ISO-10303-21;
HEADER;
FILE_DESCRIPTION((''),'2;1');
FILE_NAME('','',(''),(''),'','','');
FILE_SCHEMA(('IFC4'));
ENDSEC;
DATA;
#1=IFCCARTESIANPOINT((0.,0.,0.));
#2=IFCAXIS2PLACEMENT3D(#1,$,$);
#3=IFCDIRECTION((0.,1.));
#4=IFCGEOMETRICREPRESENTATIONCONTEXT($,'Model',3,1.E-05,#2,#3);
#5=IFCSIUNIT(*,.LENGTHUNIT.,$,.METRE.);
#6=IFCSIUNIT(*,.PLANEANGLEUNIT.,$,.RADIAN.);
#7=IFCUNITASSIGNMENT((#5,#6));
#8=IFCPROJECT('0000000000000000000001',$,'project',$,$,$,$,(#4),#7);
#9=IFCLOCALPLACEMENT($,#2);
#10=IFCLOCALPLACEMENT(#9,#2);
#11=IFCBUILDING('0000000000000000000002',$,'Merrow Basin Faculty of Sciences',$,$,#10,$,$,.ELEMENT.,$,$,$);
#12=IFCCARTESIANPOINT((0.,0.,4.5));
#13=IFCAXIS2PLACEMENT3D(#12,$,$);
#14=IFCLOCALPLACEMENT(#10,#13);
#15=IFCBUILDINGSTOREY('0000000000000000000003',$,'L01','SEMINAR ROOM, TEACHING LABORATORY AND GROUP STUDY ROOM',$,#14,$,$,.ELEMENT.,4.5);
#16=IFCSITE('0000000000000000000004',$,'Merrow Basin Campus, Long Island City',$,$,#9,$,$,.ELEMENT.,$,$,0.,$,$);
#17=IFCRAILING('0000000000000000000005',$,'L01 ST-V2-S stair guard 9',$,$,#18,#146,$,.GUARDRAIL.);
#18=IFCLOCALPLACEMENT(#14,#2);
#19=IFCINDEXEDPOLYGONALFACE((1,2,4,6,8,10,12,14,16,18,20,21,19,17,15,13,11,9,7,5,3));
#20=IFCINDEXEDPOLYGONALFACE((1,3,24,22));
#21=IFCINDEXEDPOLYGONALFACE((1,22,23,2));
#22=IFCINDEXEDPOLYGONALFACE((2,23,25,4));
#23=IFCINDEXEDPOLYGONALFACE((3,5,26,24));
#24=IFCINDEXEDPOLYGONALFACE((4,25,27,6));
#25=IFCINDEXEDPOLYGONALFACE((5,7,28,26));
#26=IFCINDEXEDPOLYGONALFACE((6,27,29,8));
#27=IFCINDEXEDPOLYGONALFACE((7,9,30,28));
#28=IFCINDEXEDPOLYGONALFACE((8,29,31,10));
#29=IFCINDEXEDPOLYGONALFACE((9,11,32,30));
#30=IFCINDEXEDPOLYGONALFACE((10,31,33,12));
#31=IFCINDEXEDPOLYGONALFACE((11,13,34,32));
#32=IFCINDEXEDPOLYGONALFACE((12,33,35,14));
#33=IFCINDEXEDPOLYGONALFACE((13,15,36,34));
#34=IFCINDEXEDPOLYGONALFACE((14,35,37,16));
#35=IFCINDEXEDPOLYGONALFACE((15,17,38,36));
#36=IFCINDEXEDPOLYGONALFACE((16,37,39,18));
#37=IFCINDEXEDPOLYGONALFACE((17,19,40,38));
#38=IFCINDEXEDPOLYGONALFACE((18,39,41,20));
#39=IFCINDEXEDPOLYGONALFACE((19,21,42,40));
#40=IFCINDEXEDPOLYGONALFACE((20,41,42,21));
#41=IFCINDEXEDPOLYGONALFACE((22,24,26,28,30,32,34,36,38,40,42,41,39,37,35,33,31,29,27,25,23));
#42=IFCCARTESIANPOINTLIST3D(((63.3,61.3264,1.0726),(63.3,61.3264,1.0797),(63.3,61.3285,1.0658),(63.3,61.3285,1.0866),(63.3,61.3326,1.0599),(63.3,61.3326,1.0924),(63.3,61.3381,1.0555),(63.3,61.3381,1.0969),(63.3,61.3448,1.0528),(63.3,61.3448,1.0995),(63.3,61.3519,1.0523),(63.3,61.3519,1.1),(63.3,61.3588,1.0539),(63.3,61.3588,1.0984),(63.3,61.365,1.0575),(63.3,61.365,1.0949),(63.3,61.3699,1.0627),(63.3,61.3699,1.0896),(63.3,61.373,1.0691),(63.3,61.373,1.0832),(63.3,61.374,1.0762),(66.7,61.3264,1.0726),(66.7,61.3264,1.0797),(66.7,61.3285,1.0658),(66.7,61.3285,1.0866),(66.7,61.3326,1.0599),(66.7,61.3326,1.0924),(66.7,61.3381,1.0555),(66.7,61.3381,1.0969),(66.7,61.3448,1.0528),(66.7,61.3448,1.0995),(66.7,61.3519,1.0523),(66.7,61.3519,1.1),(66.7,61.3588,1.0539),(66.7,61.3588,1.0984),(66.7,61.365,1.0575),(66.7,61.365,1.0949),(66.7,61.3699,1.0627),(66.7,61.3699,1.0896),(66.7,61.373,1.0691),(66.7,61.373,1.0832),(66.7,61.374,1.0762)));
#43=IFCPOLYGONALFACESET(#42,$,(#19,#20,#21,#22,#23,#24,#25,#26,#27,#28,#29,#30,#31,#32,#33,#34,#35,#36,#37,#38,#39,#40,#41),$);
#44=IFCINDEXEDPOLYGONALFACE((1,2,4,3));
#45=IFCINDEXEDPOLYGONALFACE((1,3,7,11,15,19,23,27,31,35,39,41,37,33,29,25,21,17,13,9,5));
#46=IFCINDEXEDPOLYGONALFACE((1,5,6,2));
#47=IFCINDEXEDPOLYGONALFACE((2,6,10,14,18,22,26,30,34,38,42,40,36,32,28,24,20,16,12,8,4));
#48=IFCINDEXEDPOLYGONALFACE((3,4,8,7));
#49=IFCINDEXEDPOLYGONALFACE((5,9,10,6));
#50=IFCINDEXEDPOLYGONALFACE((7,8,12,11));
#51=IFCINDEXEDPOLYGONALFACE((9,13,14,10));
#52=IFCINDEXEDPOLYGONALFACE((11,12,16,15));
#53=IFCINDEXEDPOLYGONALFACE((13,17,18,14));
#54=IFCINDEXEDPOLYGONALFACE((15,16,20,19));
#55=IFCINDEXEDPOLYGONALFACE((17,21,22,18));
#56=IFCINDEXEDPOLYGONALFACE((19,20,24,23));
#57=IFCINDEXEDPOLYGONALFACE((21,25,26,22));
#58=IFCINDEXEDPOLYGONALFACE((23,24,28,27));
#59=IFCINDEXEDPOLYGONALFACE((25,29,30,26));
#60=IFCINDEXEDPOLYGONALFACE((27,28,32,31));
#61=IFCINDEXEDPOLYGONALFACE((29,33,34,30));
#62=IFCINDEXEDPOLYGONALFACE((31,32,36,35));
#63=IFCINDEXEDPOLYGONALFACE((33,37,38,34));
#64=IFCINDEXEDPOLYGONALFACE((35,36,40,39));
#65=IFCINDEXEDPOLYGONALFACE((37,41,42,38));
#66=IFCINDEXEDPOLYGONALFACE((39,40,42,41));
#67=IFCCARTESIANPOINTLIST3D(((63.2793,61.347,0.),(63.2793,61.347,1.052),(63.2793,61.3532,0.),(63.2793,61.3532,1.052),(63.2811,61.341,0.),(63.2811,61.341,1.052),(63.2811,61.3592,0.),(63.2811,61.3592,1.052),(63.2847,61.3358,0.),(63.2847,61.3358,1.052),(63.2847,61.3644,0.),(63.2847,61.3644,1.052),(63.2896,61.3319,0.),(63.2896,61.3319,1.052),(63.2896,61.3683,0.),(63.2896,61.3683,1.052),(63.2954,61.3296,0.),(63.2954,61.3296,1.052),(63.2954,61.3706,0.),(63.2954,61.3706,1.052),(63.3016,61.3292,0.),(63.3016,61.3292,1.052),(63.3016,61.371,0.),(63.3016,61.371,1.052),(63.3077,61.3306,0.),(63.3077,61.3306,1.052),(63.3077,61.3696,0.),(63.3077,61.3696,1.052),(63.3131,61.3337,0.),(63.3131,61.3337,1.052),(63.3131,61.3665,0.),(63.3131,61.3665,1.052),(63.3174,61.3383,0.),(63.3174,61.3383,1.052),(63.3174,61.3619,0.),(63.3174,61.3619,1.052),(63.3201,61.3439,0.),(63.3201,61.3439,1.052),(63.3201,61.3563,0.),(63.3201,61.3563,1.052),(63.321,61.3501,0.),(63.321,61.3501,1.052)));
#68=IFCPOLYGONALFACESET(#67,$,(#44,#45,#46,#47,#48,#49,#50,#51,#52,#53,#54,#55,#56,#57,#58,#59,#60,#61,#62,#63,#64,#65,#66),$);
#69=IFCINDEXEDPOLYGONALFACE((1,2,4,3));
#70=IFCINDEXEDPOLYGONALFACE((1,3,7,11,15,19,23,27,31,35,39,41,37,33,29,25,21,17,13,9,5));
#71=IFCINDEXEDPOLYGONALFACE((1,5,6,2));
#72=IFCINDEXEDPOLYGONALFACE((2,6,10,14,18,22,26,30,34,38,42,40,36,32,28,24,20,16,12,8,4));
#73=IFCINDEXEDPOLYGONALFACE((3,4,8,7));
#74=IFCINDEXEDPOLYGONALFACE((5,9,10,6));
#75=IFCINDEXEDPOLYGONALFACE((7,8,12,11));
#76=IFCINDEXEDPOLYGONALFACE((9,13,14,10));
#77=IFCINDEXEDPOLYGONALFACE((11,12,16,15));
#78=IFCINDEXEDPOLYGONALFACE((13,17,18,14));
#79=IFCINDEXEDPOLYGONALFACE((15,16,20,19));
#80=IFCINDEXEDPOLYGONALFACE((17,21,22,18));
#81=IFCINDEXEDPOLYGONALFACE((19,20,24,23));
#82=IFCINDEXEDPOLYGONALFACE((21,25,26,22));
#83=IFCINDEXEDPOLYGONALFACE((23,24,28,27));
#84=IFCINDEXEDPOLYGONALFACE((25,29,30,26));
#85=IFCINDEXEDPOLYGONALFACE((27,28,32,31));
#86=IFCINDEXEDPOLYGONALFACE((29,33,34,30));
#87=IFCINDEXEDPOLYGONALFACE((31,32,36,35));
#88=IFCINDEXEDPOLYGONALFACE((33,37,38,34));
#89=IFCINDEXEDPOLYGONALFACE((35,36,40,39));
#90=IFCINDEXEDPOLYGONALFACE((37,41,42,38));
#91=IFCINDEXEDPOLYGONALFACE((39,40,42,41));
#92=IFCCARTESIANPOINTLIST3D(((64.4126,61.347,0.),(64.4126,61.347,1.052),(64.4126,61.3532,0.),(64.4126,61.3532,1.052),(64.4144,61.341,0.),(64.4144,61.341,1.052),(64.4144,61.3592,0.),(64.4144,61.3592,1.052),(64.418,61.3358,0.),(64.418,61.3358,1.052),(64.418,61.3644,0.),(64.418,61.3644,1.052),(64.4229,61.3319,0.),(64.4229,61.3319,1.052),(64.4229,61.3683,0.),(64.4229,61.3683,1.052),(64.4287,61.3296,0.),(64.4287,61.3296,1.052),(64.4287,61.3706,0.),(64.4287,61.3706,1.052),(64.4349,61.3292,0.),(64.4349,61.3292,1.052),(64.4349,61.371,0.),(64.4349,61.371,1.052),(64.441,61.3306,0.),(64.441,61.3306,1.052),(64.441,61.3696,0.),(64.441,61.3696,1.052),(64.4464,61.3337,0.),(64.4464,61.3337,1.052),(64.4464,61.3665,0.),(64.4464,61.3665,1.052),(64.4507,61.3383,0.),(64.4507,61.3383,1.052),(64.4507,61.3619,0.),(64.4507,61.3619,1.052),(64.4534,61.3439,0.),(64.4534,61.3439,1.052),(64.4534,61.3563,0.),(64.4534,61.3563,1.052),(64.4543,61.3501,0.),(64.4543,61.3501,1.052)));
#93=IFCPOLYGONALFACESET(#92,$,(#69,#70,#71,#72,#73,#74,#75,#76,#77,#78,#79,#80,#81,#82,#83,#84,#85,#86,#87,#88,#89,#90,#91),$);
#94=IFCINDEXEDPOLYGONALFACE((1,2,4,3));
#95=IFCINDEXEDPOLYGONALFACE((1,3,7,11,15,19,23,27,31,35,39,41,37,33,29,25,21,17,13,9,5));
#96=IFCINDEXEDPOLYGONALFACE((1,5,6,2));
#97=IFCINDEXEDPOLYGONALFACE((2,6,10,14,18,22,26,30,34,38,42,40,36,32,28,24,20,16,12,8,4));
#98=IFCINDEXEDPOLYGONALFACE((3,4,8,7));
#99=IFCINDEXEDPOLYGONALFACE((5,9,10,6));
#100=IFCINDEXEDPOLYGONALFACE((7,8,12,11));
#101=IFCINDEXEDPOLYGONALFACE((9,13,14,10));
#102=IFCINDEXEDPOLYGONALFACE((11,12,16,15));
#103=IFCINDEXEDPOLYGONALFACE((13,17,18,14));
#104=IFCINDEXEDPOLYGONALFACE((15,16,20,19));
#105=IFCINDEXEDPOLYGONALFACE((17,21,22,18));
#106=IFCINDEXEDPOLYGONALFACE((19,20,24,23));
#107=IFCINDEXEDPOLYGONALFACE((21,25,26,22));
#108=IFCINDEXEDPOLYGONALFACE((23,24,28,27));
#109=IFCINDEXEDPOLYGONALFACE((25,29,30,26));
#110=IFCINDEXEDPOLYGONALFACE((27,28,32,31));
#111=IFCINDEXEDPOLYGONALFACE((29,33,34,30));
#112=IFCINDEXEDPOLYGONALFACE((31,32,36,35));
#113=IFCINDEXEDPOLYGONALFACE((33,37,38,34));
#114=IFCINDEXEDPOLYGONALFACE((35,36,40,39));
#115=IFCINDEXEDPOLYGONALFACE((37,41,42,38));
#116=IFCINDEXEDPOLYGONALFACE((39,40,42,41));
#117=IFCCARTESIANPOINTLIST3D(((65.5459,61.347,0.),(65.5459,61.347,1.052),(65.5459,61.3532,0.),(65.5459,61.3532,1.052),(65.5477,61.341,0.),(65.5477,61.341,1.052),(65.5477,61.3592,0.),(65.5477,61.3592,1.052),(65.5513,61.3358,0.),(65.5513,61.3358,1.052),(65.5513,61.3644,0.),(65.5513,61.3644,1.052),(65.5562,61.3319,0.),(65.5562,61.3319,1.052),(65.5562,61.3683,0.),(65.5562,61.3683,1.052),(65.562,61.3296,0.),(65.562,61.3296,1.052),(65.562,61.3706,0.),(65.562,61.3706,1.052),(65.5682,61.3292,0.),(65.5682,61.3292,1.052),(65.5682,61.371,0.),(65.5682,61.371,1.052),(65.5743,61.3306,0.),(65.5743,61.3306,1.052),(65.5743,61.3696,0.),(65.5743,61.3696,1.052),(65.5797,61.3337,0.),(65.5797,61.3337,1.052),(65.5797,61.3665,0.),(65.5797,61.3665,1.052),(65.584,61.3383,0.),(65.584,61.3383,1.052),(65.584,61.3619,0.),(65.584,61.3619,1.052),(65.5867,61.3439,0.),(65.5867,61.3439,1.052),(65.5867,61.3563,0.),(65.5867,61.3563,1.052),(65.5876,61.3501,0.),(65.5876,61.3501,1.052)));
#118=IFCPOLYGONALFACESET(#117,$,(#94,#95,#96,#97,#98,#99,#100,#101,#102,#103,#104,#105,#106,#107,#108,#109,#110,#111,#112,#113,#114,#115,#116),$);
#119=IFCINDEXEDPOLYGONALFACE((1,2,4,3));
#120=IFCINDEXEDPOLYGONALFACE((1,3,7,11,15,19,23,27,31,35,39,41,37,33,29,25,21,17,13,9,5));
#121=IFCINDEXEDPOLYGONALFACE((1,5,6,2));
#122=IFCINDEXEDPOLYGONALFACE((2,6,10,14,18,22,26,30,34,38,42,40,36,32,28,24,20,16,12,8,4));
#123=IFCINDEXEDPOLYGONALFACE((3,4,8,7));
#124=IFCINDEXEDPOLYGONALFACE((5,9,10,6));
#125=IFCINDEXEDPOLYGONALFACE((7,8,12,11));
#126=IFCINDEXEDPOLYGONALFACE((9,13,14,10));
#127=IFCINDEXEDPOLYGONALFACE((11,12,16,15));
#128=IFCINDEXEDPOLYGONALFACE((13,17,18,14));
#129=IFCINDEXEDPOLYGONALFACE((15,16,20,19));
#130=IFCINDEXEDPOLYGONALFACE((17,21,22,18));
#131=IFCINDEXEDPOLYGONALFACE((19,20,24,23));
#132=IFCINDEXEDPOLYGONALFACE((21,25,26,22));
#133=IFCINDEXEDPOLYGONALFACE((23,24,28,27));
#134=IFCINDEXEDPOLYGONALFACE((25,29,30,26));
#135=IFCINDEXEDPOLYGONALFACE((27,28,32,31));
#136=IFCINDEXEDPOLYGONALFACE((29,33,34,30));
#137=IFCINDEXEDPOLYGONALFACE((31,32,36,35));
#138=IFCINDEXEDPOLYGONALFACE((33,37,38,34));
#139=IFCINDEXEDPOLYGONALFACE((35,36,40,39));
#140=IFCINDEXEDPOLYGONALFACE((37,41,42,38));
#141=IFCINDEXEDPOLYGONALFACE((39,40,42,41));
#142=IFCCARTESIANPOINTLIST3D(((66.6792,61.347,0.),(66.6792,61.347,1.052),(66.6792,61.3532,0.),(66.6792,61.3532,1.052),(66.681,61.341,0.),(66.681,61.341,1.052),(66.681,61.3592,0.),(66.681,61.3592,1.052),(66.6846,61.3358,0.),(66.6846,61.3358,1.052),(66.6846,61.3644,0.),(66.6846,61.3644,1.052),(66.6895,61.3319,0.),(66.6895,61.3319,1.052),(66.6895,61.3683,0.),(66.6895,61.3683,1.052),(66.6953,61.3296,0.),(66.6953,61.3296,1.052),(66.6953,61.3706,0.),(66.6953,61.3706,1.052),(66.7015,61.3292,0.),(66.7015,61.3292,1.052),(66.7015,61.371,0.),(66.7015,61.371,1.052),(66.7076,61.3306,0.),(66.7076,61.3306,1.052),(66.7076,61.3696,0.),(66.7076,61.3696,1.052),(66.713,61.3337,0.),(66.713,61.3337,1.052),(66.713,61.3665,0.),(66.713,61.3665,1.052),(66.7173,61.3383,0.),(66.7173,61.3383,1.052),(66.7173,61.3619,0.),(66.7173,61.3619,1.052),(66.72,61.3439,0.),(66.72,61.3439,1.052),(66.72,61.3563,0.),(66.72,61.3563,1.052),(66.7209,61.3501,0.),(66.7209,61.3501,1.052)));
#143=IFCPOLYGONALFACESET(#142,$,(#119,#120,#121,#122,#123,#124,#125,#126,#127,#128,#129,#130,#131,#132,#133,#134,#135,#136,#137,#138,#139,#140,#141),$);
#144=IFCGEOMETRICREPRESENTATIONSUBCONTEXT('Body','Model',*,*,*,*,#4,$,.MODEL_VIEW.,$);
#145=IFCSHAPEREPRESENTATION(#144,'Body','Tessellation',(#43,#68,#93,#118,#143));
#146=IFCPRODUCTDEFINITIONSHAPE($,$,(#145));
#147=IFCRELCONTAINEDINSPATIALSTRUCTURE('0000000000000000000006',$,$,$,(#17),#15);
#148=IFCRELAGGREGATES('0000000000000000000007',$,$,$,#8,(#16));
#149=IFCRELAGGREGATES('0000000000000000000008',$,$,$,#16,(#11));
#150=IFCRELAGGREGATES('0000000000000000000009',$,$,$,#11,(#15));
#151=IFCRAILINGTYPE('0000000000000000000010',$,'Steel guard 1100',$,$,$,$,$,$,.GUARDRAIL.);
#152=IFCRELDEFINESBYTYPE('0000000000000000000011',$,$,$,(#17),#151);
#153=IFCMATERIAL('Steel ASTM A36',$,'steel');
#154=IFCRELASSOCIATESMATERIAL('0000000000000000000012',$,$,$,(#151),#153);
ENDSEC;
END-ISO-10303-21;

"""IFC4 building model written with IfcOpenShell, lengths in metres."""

from ifc_helpers import new_model, si_unit, direction, frame, origin, origin_2d, place, context, subcontext, project, spatial, circle, extrude, material, type_object, element, save


model = new_model("IFC4")

# Units and contexts
model_context = context("Model", 3, precision=1e-05, world=origin(), true_north=direction((0.0, 1.0)))
body_context = subcontext(model_context, "Body", "Model", "MODEL_VIEW")
ifc_project = project(units=[si_unit("LENGTHUNIT", "METRE"), si_unit("PLANEANGLEUNIT", "RADIAN")], contexts=[model_context])

# Site, building, storey
site_placement = place(None, origin())
site = spatial("IfcSite", under=ifc_project, at=site_placement, Name="Merrow Basin Campus, Long Island City", CompositionType="ELEMENT", RefElevation=0.0)
building_placement = place(site_placement, origin())
building = spatial("IfcBuilding", under=site, at=building_placement, Name="Merrow Basin Faculty of Sciences", CompositionType="ELEMENT")
storey_placement = place(building_placement, frame((0.0, 0.0, 4.5)))
storey = spatial("IfcBuildingStorey", under=building, at=storey_placement, Name="L01", Description="SEMINAR ROOM, TEACHING LABORATORY AND GROUP STUDY ROOM", CompositionType="ELEMENT", Elevation=4.5)

# Railing
ifc_material_1 = material(Name="Steel ASTM A36", Category="steel")
railing_type_1 = type_object("IfcRailingType", Name="Steel guard 1100", PredefinedType="GUARDRAIL", material=ifc_material_1)
railing_1_placement = place(storey_placement, frame((63.3, 61.3501, 0.0)))
element("IfcRailing", 1, at=railing_1_placement, inside=storey, type_object=railing_type_1, Name="L01 ST-V2-S stair guard 9", PredefinedType="GUARDRAIL", context=body_context, shape_type="SweptSolid", body=[
    extrude(circle(Radius=0.0239, at=origin_2d()), frame((0.0, 0.0, 1.0762), z_axis=(1.0, 0.0, 0.0), x_axis=(0.0, 1.0, 0.0)), (0.0, 0.0, 1.0), 3.3999),
    extrude(circle(Radius=0.021, at=origin_2d()), origin(), (0.0, 0.0, 1.0), 1.052),
    extrude(circle(Radius=0.021, at=origin_2d()), frame((1.1333, 0.0, 0.0)), (0.0, 0.0, 1.0), 1.052),
    extrude(circle(Radius=0.021, at=origin_2d()), frame((2.2666, 0.0, 0.0)), (0.0, 0.0, 1.0), 1.052),
    extrude(circle(Radius=0.021, at=origin_2d()), frame((3.3999, 0.0, 0.0)), (0.0, 0.0, 1.0), 1.052),
])

save(model, "model.ifc")
